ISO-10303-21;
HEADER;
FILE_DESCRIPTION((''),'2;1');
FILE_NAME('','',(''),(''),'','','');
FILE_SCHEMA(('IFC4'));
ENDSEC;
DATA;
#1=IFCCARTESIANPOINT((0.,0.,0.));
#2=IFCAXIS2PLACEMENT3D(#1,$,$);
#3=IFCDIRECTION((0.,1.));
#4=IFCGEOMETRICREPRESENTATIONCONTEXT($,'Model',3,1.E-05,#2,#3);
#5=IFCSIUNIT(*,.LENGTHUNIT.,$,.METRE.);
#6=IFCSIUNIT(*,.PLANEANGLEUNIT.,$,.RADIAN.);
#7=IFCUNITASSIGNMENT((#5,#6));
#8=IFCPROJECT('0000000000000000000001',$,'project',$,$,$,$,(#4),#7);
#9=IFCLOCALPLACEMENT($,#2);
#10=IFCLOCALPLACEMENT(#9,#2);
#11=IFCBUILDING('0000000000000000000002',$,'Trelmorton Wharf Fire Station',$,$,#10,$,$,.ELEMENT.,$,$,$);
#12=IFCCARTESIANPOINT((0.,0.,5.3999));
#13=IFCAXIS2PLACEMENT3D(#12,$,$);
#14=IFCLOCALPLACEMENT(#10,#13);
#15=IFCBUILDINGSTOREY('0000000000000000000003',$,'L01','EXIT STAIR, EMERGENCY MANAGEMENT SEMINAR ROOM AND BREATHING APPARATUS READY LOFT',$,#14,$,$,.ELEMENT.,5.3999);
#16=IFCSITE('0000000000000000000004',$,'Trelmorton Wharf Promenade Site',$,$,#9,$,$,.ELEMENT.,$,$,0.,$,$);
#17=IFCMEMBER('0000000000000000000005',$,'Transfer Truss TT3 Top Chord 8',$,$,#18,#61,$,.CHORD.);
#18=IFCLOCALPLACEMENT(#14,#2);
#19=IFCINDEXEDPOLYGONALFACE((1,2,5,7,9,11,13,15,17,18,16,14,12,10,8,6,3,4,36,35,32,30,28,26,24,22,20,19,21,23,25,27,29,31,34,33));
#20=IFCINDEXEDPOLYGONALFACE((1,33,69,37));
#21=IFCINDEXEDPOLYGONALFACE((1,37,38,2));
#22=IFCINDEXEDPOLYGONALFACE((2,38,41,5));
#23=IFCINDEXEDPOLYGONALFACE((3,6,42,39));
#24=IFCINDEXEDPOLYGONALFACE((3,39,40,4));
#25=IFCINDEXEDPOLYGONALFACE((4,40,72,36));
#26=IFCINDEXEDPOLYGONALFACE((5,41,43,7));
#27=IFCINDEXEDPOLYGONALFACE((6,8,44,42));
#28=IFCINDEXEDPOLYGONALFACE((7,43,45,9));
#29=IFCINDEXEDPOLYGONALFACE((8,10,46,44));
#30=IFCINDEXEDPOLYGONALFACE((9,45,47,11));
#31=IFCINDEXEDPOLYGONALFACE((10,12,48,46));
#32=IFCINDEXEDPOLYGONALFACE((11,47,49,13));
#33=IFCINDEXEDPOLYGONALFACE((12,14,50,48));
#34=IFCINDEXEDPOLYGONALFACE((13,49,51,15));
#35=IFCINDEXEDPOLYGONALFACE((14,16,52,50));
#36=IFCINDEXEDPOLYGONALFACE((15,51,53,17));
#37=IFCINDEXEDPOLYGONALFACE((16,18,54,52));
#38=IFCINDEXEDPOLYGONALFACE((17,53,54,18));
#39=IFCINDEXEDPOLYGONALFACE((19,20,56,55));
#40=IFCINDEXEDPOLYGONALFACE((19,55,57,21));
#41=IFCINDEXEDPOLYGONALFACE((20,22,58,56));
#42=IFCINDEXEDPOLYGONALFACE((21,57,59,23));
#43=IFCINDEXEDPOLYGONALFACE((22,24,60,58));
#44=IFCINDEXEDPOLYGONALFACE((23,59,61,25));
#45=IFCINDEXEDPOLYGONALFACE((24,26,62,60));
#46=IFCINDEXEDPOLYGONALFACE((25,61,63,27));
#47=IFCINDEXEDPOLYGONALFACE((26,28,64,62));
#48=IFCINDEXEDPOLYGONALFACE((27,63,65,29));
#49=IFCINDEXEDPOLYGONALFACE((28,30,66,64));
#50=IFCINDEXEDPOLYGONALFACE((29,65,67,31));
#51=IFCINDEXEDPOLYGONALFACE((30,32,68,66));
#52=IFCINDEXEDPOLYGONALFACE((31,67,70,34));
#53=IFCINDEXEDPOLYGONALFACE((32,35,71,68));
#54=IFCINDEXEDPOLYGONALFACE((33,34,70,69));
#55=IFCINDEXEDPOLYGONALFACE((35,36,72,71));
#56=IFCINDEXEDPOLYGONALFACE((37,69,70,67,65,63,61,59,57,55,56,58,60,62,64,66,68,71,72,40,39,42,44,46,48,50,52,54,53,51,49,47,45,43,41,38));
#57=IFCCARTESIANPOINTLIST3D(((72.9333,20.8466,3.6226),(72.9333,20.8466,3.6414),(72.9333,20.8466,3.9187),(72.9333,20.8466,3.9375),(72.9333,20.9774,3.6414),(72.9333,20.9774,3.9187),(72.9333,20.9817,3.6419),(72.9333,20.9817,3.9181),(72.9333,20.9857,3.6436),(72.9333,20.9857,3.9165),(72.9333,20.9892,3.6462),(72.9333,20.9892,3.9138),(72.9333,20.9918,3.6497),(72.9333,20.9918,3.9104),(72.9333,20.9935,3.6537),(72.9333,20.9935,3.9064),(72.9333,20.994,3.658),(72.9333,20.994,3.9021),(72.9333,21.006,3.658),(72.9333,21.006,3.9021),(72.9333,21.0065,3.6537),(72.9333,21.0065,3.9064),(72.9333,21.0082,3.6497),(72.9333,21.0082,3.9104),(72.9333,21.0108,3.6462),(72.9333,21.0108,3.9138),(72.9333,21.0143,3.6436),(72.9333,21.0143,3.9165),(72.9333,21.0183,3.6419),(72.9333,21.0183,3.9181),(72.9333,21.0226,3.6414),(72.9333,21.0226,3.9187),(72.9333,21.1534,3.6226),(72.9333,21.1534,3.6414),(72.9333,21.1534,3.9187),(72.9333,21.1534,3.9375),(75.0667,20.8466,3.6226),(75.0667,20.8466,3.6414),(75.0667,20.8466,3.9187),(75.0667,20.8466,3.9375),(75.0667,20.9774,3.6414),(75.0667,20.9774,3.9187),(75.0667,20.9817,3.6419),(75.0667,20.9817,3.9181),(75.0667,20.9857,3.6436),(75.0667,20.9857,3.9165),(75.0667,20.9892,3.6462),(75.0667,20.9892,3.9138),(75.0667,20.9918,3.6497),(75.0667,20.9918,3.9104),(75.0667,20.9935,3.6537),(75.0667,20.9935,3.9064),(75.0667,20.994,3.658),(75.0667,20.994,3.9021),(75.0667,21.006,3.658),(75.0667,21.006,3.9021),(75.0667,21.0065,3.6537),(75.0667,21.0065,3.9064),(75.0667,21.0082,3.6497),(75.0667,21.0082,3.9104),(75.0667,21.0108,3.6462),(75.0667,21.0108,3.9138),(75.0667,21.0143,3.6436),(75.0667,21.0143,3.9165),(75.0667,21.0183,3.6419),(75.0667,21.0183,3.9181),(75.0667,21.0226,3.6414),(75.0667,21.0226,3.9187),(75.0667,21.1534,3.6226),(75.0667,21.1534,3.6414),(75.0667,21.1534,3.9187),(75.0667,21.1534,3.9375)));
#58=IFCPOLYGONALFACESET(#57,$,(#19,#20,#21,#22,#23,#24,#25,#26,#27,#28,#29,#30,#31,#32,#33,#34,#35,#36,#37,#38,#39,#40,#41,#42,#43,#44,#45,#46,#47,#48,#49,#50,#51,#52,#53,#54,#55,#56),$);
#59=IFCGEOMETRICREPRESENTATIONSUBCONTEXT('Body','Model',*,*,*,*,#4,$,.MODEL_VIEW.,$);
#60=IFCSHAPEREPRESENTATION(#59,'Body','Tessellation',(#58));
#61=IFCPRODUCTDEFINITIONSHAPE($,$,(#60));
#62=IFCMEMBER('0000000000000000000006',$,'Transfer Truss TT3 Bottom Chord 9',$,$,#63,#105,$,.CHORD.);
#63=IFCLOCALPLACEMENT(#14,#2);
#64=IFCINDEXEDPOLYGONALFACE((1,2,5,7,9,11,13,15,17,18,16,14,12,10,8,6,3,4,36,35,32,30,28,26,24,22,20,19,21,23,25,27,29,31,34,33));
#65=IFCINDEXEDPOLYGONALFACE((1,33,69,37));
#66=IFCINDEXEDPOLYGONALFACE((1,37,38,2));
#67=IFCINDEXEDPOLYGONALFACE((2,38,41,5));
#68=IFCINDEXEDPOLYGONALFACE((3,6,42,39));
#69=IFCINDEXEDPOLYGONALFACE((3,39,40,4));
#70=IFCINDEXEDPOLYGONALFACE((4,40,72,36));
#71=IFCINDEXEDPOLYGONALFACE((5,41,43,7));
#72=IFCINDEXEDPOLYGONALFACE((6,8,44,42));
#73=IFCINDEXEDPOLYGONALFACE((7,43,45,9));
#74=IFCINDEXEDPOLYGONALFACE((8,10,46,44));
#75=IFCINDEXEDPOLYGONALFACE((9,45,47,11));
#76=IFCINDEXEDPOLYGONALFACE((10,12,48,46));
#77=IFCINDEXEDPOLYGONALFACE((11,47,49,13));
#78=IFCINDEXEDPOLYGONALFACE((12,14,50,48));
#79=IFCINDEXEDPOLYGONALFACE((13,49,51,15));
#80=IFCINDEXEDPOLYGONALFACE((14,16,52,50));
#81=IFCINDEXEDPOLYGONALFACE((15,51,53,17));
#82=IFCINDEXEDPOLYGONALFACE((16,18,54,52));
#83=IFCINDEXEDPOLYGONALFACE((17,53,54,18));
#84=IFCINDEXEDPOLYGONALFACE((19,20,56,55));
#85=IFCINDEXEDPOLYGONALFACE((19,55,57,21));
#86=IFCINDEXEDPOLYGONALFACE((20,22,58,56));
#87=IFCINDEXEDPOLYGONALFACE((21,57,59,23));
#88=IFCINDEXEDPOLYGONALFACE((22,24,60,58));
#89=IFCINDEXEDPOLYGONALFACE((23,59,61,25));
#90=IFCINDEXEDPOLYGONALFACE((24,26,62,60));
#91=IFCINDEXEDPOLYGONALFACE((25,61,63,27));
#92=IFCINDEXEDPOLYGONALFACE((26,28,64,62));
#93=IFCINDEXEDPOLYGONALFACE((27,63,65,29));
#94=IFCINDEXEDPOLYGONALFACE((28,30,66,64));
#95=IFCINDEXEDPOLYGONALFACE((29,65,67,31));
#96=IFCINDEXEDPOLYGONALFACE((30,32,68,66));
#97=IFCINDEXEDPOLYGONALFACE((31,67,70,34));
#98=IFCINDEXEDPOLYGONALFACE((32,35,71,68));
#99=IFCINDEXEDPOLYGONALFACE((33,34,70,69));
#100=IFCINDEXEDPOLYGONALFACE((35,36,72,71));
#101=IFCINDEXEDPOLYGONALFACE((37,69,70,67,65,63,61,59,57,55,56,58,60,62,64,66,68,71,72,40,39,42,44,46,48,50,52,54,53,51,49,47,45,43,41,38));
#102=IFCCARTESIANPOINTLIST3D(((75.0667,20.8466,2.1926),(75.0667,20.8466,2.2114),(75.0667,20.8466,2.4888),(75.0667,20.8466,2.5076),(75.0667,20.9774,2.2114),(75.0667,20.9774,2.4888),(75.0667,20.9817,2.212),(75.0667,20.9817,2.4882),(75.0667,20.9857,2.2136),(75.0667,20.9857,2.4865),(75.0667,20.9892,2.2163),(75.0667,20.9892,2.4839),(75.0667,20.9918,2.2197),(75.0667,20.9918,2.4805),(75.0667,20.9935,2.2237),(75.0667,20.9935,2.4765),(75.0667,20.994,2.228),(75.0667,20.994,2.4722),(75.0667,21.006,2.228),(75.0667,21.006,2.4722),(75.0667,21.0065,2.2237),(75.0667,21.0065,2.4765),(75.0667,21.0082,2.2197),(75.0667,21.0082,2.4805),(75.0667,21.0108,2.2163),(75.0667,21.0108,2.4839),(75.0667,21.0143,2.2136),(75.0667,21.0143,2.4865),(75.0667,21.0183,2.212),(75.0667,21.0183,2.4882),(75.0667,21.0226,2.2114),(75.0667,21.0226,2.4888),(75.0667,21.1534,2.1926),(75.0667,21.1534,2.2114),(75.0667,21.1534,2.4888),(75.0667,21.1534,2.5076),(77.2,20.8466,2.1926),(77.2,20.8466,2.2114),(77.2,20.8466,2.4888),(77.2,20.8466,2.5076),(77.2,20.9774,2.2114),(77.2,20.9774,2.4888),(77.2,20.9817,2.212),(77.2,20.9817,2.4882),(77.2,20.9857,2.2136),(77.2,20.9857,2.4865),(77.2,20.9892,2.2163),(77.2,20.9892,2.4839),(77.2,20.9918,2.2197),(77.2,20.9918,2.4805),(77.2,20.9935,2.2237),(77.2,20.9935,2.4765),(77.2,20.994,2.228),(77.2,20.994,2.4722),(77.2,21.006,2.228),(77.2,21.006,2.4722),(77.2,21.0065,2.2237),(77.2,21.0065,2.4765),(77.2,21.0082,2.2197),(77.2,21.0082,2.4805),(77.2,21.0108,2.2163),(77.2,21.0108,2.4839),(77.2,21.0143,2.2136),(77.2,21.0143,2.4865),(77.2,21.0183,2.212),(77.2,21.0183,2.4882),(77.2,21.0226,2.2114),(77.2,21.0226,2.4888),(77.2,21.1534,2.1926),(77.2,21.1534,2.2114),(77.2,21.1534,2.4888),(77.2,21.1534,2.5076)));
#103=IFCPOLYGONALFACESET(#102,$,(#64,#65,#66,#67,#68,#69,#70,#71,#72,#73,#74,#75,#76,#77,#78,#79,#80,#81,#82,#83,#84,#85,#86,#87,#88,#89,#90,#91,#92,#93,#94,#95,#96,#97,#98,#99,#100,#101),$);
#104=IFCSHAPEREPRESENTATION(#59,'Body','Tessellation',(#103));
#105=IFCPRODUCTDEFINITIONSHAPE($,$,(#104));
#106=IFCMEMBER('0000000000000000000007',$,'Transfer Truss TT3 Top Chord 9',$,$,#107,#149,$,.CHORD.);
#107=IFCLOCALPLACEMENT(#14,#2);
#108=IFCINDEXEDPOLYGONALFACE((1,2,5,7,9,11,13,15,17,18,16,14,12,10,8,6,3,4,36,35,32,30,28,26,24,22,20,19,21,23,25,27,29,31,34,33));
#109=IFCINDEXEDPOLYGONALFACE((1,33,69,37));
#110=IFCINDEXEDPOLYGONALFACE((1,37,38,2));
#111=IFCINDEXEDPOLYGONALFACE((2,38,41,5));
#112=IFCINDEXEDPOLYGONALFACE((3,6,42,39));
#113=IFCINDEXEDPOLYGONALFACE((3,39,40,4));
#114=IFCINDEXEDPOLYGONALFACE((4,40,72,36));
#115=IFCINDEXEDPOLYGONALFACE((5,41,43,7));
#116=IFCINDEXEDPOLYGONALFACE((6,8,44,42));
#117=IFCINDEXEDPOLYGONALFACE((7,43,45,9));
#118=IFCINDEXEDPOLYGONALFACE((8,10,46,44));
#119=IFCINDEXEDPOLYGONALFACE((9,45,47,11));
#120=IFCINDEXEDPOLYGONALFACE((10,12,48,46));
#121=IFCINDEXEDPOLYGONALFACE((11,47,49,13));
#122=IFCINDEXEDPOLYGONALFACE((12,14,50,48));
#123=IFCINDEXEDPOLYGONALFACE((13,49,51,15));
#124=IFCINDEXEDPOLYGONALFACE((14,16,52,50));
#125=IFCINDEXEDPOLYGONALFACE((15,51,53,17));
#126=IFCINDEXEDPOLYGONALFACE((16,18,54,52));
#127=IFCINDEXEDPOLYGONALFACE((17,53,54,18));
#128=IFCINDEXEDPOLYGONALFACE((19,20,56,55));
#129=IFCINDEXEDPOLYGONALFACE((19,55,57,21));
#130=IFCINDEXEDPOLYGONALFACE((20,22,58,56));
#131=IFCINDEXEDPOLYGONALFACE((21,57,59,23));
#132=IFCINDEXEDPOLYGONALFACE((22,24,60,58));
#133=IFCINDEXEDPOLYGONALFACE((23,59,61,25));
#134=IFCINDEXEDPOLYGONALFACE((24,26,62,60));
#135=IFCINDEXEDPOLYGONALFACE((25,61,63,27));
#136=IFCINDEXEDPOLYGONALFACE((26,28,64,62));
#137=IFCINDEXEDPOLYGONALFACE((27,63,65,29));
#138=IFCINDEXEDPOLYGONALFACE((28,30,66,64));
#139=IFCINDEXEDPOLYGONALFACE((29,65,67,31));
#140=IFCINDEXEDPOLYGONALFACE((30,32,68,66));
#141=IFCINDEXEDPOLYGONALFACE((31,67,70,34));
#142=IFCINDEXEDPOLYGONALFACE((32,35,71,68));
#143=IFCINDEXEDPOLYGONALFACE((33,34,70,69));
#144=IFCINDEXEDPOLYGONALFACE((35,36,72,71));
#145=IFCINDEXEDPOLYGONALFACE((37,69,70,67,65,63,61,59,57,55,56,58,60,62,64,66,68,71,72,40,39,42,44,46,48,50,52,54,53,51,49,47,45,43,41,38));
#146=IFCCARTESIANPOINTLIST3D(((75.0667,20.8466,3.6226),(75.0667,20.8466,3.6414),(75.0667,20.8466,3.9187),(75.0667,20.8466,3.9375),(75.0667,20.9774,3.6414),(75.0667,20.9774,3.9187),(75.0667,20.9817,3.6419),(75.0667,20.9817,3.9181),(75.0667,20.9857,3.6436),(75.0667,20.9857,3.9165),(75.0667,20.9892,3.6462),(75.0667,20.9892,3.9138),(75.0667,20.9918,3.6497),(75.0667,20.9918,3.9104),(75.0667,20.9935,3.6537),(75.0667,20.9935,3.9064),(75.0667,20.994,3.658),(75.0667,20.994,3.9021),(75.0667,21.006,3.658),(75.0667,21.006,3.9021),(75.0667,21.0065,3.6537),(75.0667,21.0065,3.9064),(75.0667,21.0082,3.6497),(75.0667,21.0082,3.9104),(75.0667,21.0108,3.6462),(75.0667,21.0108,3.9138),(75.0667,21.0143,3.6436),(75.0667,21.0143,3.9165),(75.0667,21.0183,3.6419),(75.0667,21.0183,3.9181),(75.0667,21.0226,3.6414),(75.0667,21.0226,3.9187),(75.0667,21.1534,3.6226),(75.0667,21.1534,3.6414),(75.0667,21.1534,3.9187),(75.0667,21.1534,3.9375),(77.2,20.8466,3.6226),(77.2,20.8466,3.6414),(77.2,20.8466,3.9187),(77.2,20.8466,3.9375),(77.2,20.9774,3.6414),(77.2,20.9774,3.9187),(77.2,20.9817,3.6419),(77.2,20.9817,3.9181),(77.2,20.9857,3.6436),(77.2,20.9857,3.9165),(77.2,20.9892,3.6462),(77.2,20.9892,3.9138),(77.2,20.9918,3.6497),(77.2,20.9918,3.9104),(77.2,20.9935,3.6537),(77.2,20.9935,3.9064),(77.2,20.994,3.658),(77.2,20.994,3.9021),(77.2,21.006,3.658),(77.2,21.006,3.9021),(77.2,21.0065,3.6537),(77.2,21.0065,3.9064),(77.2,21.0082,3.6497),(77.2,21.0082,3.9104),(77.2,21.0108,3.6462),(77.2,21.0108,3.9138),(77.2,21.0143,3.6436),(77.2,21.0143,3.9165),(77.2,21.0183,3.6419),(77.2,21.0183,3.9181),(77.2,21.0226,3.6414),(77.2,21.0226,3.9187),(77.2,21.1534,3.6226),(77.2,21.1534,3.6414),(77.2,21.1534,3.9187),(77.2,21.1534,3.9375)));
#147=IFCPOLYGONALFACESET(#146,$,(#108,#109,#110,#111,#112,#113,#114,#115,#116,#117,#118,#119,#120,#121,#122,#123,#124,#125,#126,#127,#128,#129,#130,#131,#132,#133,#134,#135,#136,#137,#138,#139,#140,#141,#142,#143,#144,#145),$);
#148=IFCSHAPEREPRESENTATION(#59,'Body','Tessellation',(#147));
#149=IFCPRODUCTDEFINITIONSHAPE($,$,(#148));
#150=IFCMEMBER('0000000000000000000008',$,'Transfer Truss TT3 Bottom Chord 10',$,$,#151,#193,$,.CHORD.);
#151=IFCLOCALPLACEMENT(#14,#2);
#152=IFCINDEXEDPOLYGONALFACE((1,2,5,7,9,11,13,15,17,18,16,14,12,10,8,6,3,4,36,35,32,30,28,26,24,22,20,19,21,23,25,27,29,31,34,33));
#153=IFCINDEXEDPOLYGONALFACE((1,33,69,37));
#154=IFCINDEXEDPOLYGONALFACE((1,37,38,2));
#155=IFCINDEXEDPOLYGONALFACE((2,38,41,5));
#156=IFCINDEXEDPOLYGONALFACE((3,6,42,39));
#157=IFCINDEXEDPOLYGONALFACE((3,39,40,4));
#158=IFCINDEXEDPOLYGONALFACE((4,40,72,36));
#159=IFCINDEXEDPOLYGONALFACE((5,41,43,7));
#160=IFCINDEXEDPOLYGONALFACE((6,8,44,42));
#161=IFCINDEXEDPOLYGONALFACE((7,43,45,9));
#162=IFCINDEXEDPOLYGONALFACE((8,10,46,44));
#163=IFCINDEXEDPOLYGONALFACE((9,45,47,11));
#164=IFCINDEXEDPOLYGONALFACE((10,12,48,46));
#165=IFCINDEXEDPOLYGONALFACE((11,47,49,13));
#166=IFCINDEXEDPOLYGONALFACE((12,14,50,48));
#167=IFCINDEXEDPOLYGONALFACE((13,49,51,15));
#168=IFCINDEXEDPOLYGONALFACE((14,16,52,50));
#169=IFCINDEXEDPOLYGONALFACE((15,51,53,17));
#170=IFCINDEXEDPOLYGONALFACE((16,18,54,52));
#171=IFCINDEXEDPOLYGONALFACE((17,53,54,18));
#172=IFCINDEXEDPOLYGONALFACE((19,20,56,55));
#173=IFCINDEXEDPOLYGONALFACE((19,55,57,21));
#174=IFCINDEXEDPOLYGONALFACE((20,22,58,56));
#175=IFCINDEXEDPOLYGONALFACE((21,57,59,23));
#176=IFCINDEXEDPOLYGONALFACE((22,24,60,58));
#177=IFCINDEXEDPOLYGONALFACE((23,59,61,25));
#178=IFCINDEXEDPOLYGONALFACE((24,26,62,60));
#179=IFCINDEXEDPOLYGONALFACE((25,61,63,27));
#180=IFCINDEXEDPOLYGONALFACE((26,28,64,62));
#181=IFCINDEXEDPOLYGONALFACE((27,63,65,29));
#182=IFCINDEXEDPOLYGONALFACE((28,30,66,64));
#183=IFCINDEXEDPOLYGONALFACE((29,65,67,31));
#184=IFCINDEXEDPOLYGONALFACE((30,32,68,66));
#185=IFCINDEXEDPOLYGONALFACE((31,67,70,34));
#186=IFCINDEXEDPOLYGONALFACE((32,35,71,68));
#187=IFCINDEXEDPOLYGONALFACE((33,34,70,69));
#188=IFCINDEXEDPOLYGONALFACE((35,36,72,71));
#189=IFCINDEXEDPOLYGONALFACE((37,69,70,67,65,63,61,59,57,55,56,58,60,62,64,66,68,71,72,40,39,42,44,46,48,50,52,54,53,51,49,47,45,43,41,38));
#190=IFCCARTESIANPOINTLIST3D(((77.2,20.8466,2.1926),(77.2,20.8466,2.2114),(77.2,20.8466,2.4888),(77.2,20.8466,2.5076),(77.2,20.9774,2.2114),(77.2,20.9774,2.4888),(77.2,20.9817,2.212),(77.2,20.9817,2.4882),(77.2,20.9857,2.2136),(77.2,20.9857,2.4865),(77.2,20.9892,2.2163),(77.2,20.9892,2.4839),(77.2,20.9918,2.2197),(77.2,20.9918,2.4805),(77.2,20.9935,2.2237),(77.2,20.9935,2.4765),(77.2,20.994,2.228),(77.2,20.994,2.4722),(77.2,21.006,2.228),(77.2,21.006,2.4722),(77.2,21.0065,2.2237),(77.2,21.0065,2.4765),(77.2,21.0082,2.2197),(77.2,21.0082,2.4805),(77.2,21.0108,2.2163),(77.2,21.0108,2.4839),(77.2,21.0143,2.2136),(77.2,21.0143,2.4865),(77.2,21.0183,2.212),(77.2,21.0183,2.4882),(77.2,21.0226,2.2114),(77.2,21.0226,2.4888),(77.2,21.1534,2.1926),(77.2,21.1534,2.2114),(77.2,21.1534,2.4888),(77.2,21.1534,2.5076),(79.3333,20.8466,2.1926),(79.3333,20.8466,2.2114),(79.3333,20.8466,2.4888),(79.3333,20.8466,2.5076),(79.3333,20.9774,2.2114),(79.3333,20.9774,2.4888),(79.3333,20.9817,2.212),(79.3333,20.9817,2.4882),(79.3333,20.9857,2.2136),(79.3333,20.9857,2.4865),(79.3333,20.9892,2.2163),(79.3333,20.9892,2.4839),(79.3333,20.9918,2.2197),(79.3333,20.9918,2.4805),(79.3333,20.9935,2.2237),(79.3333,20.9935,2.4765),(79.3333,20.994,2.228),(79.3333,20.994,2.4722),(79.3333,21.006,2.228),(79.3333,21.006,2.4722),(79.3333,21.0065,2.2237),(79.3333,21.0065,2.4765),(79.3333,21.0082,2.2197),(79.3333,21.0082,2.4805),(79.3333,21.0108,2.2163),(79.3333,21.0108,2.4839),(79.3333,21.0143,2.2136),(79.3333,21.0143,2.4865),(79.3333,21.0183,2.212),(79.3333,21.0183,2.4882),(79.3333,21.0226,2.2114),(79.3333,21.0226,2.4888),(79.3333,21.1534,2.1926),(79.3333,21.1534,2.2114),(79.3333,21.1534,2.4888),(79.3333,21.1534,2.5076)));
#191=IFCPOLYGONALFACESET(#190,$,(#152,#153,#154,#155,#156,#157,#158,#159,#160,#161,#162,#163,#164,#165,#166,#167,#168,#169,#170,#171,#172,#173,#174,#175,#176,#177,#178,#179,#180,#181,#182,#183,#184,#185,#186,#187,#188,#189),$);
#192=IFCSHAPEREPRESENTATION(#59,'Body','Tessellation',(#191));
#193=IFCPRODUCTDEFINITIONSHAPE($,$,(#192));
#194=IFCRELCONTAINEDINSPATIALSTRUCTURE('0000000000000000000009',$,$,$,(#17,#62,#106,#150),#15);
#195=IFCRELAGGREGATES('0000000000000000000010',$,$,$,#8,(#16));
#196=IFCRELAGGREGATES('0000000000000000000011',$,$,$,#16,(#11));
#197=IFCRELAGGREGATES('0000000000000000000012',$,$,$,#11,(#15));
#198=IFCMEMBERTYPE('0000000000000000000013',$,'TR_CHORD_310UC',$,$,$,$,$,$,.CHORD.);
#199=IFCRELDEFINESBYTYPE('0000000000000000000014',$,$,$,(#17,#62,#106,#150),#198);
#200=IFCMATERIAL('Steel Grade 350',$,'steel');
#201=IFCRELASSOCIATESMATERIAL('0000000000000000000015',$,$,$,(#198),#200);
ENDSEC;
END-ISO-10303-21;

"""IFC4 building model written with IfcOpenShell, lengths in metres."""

from ifc_helpers import new_model, si_unit, direction, frame, origin, origin_2d, place, context, subcontext, project, spatial, i_section, extrude, material, material_profile, profile_set, type_object, element, save


model = new_model("IFC4")

# Units and contexts
model_context = context("Model", 3, precision=1e-05, world=origin(), true_north=direction((0.0, 1.0)))
body_context = subcontext(model_context, "Body", "Model", "MODEL_VIEW")
ifc_project = project(units=[si_unit("LENGTHUNIT", "METRE"), si_unit("PLANEANGLEUNIT", "RADIAN")], contexts=[model_context])

# Site, building, storey
site_placement = place(None, origin())
site = spatial("IfcSite", under=ifc_project, at=site_placement, Name="Trelmorton Wharf Promenade Site", CompositionType="ELEMENT", RefElevation=0.0)
building_placement = place(site_placement, origin())
building = spatial("IfcBuilding", under=site, at=building_placement, Name="Trelmorton Wharf Fire Station", CompositionType="ELEMENT")
storey_placement = place(building_placement, frame((0.0, 0.0, 5.3999)))
storey = spatial("IfcBuildingStorey", under=building, at=storey_placement, Name="L01", Description="EXIT STAIR, EMERGENCY MANAGEMENT SEMINAR ROOM AND BREATHING APPARATUS READY LOFT", CompositionType="ELEMENT", Elevation=5.3999)

# Shared definitions
ifc_material_1 = material(Name="Steel Grade 350", Category="steel")

# Members
ifc_material_profile_1 = material_profile(ifc_material_1, i_section(OverallWidth=0.3069, OverallDepth=0.3149, WebThickness=0.012, FlangeThickness=0.0188, FilletRadius=0.0166, at=origin_2d()), Name="310UC118")
ifc_profile_set_1 = profile_set([ifc_material_profile_1], Name="Steel Grade 350")
member_type_1 = type_object("IfcMemberType", Name="TR_CHORD_310UC", PredefinedType="CHORD", material=ifc_profile_set_1)
for number, where, z_axis, x_axis, name in (
    (1, (72.9333, 21.0, 3.78), (1.0, 0.0, 0.0), (0.0, 1.0, 0.0), "Transfer Truss TT3 Top Chord 8"),
    (2, (75.0667, 21.0, 2.3501), (1.0, 0.0, 0.0), (0.0, 1.0, 0.0), "Transfer Truss TT3 Bottom Chord 9"),
    (3, (75.0667, 21.0, 3.78), (1.0, 0.0, 0.0), (0.0, 1.0, 0.0), "Transfer Truss TT3 Top Chord 9"),
    (4, (77.2, 21.0, 2.3501), (1.0, 0.0, 0.0), (0.0, 1.0, 0.0), "Transfer Truss TT3 Bottom Chord 10"),
):
    element("IfcMember", number, at=place(storey_placement, frame(where, z_axis=z_axis, x_axis=x_axis)), inside=storey, type_object=member_type_1, Name=name, PredefinedType="CHORD", context=body_context, shape_type="SweptSolid", body=[
        extrude(i_section(OverallWidth=0.3069, OverallDepth=0.3149, WebThickness=0.012, FlangeThickness=0.0188, FilletRadius=0.0166, at=origin_2d()), origin(), (0.0, 0.0, 1.0), 2.1333),
    ])

save(model, "model.ifc")
